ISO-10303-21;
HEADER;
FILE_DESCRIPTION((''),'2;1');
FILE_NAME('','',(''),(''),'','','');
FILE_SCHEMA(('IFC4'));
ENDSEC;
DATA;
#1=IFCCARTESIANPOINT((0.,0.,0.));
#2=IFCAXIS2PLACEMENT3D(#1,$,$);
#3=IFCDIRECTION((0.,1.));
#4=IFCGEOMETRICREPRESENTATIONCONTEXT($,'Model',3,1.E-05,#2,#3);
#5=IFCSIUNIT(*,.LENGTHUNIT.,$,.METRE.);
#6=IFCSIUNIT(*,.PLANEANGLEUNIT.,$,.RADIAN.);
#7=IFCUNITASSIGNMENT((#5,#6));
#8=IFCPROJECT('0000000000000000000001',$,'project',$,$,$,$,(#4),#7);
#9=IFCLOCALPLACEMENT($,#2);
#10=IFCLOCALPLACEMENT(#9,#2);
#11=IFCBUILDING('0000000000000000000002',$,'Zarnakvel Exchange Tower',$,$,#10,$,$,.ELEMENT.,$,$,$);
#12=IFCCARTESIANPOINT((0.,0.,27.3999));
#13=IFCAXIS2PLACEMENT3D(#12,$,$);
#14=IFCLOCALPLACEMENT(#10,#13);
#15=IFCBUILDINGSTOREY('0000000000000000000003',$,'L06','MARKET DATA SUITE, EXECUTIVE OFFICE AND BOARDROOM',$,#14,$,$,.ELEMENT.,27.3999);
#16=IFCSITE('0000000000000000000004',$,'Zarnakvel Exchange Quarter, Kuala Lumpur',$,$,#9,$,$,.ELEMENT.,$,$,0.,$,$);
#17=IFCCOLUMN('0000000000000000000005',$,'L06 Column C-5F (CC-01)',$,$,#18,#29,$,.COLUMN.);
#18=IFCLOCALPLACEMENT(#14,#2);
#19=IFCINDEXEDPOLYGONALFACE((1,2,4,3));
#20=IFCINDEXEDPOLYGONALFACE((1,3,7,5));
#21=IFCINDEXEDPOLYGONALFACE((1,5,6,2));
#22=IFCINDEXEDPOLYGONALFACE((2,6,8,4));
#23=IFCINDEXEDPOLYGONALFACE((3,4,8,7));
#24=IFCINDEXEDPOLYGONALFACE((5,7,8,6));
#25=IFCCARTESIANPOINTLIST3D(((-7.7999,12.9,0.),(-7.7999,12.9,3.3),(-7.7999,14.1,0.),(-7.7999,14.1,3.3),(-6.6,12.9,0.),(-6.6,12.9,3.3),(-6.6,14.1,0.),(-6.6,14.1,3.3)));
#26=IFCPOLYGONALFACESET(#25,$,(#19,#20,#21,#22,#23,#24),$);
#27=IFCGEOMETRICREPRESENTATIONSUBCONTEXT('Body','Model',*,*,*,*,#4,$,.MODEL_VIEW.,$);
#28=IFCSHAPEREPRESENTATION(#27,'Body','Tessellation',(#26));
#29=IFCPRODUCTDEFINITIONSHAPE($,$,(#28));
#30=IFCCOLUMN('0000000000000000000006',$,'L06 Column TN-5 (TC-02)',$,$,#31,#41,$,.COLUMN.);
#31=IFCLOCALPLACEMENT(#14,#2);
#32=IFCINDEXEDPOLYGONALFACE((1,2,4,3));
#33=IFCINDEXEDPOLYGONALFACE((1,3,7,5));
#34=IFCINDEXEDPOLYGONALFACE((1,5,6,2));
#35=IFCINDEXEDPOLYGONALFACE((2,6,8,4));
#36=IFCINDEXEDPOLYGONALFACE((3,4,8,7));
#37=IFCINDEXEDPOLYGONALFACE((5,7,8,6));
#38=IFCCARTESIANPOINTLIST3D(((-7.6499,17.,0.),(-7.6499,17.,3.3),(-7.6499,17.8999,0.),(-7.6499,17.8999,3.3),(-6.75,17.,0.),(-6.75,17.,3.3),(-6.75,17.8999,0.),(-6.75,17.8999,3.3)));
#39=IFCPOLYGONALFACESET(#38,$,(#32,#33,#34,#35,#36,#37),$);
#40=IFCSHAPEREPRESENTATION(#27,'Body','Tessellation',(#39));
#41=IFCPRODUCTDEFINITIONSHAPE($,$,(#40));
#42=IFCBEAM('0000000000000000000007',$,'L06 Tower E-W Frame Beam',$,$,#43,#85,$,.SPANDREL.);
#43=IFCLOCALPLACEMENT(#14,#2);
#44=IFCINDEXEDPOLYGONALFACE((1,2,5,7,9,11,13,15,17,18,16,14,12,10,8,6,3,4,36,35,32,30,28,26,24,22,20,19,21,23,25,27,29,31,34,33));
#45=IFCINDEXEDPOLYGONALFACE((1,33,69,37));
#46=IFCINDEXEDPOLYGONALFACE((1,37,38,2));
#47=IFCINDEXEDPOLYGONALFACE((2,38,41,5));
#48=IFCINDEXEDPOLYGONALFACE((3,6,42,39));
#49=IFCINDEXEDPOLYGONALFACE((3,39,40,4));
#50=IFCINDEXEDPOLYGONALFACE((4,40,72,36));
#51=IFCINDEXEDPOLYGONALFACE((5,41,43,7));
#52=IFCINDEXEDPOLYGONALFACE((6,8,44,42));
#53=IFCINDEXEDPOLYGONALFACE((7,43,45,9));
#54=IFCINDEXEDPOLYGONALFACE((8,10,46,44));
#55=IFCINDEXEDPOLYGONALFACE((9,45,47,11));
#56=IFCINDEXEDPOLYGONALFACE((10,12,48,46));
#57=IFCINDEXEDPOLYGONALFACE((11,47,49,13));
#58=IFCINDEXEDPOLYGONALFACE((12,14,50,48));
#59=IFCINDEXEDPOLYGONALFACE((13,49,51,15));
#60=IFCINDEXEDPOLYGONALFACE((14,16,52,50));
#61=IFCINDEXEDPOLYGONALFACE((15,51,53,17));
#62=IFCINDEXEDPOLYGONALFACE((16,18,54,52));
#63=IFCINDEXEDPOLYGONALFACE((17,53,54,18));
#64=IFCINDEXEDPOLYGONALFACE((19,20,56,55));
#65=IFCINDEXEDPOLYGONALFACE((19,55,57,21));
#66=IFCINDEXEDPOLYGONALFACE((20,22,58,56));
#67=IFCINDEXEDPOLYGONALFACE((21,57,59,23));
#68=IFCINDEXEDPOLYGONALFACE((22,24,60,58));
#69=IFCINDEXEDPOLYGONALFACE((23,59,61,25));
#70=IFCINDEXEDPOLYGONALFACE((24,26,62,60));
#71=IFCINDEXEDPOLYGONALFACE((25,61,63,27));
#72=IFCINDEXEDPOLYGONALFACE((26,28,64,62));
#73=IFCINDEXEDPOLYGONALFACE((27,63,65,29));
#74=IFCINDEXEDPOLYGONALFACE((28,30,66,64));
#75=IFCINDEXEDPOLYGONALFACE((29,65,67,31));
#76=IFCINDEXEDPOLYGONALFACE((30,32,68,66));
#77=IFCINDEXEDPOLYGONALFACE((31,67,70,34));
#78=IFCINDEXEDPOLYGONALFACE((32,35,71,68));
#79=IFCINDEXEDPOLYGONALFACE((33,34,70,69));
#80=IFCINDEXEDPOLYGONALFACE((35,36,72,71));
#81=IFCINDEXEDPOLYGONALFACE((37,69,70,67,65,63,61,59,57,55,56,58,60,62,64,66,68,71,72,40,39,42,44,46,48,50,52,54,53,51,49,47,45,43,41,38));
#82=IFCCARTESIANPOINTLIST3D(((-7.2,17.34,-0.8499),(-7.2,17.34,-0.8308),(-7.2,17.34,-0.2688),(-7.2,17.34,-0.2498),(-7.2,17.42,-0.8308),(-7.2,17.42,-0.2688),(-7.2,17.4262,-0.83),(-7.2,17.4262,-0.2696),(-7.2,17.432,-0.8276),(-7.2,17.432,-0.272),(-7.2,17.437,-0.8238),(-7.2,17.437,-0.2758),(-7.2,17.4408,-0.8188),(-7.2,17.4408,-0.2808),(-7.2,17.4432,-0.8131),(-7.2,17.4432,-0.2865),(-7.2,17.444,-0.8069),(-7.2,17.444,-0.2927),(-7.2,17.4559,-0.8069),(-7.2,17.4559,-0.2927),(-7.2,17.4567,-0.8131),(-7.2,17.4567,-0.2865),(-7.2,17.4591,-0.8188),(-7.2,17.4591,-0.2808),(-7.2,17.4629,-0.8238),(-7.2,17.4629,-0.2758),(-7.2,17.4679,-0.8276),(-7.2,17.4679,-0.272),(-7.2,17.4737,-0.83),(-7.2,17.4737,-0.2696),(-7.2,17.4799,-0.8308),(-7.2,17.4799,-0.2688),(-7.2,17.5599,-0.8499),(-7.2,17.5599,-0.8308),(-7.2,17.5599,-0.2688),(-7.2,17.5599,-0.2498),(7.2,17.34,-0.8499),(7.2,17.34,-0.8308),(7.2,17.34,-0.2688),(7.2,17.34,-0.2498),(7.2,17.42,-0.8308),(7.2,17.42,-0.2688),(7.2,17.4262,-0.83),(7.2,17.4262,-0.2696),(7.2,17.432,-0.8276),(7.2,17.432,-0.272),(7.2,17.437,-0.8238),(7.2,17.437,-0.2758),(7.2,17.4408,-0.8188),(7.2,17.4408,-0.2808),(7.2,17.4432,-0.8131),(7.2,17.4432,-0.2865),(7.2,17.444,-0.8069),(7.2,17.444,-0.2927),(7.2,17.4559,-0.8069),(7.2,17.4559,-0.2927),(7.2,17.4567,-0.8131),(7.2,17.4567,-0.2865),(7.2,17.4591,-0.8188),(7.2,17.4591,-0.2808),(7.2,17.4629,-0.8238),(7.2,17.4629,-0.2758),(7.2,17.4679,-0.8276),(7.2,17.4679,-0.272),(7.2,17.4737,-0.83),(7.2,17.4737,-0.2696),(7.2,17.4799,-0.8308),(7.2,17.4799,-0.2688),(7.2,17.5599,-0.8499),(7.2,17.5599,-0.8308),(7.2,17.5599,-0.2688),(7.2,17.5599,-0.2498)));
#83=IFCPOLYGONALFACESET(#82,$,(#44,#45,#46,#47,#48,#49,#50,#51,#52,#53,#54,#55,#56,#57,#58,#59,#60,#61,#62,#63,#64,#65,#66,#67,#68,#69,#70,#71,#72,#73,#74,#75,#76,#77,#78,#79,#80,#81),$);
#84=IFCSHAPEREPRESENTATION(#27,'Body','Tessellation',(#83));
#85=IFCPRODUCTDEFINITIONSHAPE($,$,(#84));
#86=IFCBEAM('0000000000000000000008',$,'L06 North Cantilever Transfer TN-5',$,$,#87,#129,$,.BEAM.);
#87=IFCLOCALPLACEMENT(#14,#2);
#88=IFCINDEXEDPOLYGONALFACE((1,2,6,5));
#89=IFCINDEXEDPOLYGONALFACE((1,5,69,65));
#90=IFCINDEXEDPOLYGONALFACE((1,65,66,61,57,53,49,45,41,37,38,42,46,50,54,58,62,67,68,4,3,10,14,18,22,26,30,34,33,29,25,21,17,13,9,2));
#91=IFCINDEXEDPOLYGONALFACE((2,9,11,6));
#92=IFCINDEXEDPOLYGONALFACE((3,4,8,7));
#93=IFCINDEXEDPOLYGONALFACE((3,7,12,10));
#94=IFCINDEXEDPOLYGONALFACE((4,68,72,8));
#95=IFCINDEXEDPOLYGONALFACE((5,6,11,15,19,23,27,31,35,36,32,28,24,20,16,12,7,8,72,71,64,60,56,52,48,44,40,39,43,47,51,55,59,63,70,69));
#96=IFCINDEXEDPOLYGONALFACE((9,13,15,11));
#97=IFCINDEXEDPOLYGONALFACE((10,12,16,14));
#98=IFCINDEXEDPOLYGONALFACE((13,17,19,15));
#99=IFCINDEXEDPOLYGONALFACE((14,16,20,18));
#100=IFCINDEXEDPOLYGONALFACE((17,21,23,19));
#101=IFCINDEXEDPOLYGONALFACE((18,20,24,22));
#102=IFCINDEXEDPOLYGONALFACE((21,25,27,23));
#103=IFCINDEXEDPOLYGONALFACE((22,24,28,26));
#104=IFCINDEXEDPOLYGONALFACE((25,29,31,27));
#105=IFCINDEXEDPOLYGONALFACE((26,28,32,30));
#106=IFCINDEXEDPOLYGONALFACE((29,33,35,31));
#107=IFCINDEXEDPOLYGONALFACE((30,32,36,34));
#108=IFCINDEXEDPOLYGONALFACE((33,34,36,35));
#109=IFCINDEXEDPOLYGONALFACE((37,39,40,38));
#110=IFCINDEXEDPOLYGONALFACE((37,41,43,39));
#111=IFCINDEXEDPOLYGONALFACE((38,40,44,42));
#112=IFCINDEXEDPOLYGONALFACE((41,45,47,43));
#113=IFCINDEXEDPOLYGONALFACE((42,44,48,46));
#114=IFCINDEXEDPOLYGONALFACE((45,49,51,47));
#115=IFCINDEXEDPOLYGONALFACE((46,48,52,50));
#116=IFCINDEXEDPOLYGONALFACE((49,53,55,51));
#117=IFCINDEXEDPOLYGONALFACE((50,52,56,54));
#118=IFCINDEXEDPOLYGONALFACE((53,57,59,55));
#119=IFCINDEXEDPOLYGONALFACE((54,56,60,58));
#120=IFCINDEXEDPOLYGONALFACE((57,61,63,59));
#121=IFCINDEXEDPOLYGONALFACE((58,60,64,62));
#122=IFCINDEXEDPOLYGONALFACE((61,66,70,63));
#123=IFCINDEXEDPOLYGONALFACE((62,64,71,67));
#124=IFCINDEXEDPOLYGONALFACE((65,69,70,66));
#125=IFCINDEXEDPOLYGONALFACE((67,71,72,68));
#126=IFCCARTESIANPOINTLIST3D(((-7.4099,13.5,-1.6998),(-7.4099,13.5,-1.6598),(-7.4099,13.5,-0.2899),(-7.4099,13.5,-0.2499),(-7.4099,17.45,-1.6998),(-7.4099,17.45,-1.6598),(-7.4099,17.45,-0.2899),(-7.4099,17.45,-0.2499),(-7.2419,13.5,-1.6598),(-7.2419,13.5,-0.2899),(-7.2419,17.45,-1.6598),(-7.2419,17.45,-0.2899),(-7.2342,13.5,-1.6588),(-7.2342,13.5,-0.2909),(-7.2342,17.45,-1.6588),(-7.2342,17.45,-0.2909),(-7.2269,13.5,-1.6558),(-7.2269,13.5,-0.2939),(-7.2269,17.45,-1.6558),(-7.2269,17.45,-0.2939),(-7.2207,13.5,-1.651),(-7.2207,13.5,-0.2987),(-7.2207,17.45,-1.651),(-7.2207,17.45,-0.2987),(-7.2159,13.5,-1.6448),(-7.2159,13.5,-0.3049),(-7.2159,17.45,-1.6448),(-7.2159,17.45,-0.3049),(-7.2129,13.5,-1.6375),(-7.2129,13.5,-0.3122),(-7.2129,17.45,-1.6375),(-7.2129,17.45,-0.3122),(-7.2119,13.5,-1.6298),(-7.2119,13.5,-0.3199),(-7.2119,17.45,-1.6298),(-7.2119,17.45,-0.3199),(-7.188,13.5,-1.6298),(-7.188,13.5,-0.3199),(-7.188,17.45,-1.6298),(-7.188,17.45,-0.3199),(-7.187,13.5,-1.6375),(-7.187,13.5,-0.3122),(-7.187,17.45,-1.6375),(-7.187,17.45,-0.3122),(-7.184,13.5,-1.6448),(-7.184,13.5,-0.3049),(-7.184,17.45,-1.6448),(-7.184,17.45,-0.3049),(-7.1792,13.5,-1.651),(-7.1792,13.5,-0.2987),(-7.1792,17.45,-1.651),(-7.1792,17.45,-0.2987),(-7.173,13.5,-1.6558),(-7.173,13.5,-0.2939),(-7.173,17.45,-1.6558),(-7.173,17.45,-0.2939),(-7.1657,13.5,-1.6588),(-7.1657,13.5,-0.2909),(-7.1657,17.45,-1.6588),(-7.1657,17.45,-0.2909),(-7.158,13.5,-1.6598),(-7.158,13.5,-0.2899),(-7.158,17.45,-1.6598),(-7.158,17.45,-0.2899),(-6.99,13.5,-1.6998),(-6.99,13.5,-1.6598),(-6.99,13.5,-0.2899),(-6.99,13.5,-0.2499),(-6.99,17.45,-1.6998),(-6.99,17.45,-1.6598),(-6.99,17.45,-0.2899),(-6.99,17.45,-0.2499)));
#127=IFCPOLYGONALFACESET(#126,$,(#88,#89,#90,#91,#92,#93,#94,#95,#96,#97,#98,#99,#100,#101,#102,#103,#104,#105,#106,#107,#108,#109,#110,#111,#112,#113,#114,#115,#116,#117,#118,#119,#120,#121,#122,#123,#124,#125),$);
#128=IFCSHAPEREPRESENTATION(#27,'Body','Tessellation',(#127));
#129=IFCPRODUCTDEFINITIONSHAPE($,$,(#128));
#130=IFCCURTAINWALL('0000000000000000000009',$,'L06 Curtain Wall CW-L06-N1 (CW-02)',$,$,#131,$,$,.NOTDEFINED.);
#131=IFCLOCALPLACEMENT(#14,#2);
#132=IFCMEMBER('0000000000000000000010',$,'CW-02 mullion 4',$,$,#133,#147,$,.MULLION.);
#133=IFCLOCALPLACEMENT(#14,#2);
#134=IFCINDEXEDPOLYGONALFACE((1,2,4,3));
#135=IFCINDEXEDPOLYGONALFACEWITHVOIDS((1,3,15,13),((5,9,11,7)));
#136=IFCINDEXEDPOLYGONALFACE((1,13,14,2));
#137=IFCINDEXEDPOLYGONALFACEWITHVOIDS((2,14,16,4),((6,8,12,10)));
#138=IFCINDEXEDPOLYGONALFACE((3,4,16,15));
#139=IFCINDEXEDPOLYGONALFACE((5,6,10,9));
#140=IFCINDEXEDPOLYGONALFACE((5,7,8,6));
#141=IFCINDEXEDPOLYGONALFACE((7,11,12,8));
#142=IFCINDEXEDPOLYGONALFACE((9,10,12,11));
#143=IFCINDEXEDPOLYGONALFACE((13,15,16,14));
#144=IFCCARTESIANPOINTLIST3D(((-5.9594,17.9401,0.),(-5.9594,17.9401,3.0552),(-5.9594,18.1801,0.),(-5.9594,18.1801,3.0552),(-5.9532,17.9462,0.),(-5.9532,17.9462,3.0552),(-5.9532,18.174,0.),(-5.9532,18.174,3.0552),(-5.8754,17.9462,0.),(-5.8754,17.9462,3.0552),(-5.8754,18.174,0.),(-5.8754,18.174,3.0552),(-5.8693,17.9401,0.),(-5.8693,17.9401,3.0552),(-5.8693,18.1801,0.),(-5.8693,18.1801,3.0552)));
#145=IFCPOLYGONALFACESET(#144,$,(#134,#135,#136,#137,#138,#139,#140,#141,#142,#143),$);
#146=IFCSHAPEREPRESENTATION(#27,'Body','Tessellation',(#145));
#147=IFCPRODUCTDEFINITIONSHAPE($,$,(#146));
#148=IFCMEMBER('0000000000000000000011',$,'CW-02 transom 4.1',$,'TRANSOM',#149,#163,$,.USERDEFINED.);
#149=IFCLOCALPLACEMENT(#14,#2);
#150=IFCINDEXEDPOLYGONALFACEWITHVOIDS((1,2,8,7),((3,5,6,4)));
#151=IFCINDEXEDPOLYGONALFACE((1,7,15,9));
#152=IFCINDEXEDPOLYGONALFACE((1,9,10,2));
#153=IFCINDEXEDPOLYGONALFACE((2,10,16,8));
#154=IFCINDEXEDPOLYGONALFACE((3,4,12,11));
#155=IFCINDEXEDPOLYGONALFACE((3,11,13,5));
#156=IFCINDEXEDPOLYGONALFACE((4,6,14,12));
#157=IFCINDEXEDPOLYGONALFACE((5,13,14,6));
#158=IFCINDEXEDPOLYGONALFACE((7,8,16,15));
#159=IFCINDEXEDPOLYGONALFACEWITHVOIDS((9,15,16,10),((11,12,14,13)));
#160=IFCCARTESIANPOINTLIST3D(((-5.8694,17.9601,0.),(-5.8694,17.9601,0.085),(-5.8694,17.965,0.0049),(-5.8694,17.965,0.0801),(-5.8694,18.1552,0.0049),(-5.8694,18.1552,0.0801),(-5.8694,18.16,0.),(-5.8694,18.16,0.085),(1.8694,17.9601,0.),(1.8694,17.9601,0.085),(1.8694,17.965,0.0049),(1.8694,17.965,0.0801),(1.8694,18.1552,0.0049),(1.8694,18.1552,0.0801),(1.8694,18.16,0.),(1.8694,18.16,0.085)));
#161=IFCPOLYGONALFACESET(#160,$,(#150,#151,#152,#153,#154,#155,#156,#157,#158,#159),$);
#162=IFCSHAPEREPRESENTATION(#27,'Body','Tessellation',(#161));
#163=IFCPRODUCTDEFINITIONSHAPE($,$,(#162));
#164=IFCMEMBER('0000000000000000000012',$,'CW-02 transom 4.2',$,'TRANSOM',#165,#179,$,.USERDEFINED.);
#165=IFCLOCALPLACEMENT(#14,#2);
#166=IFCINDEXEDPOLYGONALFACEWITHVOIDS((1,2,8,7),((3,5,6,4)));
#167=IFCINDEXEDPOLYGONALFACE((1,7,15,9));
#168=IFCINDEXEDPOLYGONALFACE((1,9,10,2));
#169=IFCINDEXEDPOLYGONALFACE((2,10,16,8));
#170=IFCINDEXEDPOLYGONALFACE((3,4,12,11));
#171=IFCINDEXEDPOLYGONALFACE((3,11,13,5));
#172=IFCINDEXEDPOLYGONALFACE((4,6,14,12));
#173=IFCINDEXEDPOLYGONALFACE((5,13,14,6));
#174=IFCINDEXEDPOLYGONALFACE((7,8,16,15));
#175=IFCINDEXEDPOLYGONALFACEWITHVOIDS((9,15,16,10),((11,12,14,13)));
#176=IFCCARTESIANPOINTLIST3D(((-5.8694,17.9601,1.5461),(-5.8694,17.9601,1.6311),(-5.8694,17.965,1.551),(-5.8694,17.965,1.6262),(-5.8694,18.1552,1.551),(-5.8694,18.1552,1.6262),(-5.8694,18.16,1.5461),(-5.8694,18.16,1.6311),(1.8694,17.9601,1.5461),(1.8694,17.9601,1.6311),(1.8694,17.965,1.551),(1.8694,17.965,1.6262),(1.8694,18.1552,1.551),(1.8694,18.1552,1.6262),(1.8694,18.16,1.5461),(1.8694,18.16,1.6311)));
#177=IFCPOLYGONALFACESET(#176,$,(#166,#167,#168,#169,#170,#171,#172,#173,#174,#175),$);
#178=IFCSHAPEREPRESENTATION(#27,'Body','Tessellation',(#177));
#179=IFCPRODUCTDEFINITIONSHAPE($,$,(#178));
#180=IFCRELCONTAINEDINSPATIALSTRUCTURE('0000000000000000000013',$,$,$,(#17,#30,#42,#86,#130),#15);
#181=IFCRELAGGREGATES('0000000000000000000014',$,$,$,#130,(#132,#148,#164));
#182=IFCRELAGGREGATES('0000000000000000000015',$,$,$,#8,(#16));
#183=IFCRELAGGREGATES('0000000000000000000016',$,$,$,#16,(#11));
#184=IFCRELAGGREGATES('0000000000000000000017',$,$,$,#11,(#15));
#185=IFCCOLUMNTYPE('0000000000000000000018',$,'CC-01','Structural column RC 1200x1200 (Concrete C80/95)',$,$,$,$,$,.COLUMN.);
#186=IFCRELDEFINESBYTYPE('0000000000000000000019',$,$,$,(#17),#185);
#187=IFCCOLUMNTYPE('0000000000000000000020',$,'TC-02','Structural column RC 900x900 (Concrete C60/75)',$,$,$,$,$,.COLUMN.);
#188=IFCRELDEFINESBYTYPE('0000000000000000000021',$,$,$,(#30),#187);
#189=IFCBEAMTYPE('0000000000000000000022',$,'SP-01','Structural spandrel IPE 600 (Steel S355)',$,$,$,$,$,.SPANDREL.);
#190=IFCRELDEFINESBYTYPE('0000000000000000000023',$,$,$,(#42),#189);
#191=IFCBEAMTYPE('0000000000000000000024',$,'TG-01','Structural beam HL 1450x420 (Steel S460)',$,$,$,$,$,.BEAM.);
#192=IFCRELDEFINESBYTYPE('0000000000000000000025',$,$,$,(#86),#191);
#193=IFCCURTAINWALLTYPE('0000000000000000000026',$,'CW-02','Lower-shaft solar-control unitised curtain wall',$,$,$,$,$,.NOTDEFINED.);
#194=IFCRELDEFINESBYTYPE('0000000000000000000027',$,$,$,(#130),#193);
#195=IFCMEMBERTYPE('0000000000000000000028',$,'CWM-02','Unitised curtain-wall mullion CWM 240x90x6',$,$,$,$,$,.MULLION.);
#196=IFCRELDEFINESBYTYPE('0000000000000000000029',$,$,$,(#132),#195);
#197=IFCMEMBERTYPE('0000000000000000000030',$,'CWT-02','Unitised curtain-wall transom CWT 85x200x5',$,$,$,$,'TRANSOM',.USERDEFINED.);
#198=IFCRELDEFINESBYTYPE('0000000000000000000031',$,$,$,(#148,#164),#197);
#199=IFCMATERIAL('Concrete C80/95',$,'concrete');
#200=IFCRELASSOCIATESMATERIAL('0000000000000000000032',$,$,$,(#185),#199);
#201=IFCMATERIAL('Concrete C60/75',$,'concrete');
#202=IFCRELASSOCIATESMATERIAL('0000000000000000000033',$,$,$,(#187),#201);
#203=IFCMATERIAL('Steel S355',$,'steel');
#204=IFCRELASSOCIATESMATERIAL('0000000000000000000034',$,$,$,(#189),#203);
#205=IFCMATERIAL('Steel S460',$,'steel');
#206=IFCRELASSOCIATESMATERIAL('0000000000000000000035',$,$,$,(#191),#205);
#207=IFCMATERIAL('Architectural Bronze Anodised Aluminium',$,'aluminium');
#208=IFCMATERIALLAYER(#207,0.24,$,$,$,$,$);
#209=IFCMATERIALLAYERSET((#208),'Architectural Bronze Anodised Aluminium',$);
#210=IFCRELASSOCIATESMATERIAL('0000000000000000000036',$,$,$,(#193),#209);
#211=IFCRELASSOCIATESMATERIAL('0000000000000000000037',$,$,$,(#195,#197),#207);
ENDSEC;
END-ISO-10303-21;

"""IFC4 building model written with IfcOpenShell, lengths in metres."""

from ifc_helpers import new_model, si_unit, direction, frame, origin, origin_2d, place, context, subcontext, project, spatial, rectangle, hollow_rectangle, i_section, extrude, source, transform, mapped, material, layer, layer_set, material_profile, profile_set, type_object, element, aggregate, save


model = new_model("IFC4")

# Units and contexts
model_context = context("Model", 3, precision=1e-05, world=origin(), true_north=direction((0.0, 1.0)))
body_context = subcontext(model_context, "Body", "Model", "MODEL_VIEW")
ifc_project = project(units=[si_unit("LENGTHUNIT", "METRE"), si_unit("PLANEANGLEUNIT", "RADIAN")], contexts=[model_context])

# Site, building, storey
site_placement = place(None, origin())
site = spatial("IfcSite", under=ifc_project, at=site_placement, Name="Zarnakvel Exchange Quarter, Kuala Lumpur", CompositionType="ELEMENT", RefElevation=0.0)
building_placement = place(site_placement, origin())
building = spatial("IfcBuilding", under=site, at=building_placement, Name="Zarnakvel Exchange Tower", CompositionType="ELEMENT")
storey_placement = place(building_placement, frame((0.0, 0.0, 27.3999)))
storey = spatial("IfcBuildingStorey", under=building, at=storey_placement, Name="L06", Description="MARKET DATA SUITE, EXECUTIVE OFFICE AND BOARDROOM", CompositionType="ELEMENT", Elevation=27.3999)

# Columns
ifc_material_1 = material(Name="Concrete C80/95", Category="concrete")
ifc_material_profile_1 = material_profile(ifc_material_1, rectangle(XDim=1.2, YDim=1.2, at=origin_2d()))
ifc_profile_set_1 = profile_set([ifc_material_profile_1], Name="Concrete C80/95")
column_type_1 = type_object("IfcColumnType", Name="CC-01", Description="Structural column RC 1200x1200 (Concrete C80/95)", PredefinedType="COLUMN", material=ifc_profile_set_1)
column_1_placement = place(storey_placement, frame((-7.2, 13.5, 0.0), z_axis=(0.0, 0.0, 1.0), x_axis=(1.0, 0.0, 0.0)))
element("IfcColumn", 1, at=column_1_placement, inside=storey, type_object=column_type_1, Name="L06 Column C-5F (CC-01)", PredefinedType="COLUMN", context=body_context, shape_type="SweptSolid", body=[
    extrude(rectangle(XDim=1.2, YDim=1.2, at=origin_2d()), origin(), (0.0, 0.0, 1.0), 3.3),
])
ifc_material_2 = material(Name="Concrete C60/75", Category="concrete")
ifc_material_profile_2 = material_profile(ifc_material_2, rectangle(XDim=0.8999, YDim=0.8999, at=origin_2d()))
ifc_profile_set_2 = profile_set([ifc_material_profile_2], Name="Concrete C60/75")
column_type_2 = type_object("IfcColumnType", Name="TC-02", Description="Structural column RC 900x900 (Concrete C60/75)", PredefinedType="COLUMN", material=ifc_profile_set_2)
column_2_placement = place(storey_placement, frame((-7.2, 17.45, 0.0), z_axis=(0.0, 0.0, 1.0), x_axis=(1.0, 0.0, 0.0)))
element("IfcColumn", 2, at=column_2_placement, inside=storey, type_object=column_type_2, Name="L06 Column TN-5 (TC-02)", PredefinedType="COLUMN", context=body_context, shape_type="SweptSolid", body=[
    extrude(rectangle(XDim=0.8999, YDim=0.8999, at=origin_2d()), origin(), (0.0, 0.0, 1.0), 3.3),
])

# Beams
ifc_material_3 = material(Name="Steel S355", Category="steel")
ifc_material_profile_3 = material_profile(ifc_material_3, i_section(OverallWidth=0.22, OverallDepth=0.6001, WebThickness=0.012, FlangeThickness=0.019, FilletRadius=0.0239, at=origin_2d()))
ifc_profile_set_3 = profile_set([ifc_material_profile_3], Name="Steel S355")
beam_type_1 = type_object("IfcBeamType", Name="SP-01", Description="Structural spandrel IPE 600 (Steel S355)", PredefinedType="SPANDREL", material=ifc_profile_set_3)
beam_1_placement = place(storey_placement, frame((-7.2, 17.45, -0.5498), z_axis=(1.0, 0.0, 0.0), x_axis=(0.0, 1.0, 0.0)))
element("IfcBeam", 3, at=beam_1_placement, inside=storey, type_object=beam_type_1, Name="L06 Tower E-W Frame Beam", PredefinedType="SPANDREL", context=body_context, shape_type="SweptSolid", body=[
    extrude(i_section(OverallWidth=0.22, OverallDepth=0.6001, WebThickness=0.012, FlangeThickness=0.019, FilletRadius=0.0239, at=origin_2d()), origin(), (0.0, 0.0, 1.0), 14.3999),
])
ifc_material_4 = material(Name="Steel S460", Category="steel")
ifc_material_profile_4 = material_profile(ifc_material_4, i_section(OverallWidth=0.4199, OverallDepth=1.45, WebThickness=0.0239, FlangeThickness=0.04, FilletRadius=0.03, at=origin_2d()))
ifc_profile_set_4 = profile_set([ifc_material_profile_4], Name="Steel S460")
beam_type_2 = type_object("IfcBeamType", Name="TG-01", Description="Structural beam HL 1450x420 (Steel S460)", PredefinedType="BEAM", material=ifc_profile_set_4)
beam_2_placement = place(storey_placement, frame((-7.2, 13.5, -0.9749), z_axis=(0.0, 1.0, 0.0), x_axis=(-1.0, 0.0, 0.0)))
element("IfcBeam", 4, at=beam_2_placement, inside=storey, type_object=beam_type_2, Name="L06 North Cantilever Transfer TN-5", PredefinedType="BEAM", context=body_context, shape_type="SweptSolid", body=[
    extrude(i_section(OverallWidth=0.4199, OverallDepth=1.45, WebThickness=0.0239, FlangeThickness=0.04, FilletRadius=0.03, at=origin_2d()), origin(), (0.0, 0.0, 1.0), 3.95),
])

# Curtain wall, members
ifc_material_5 = material(Name="Architectural Bronze Anodised Aluminium", Category="aluminium")
ifc_layer_1 = layer(ifc_material_5, 0.24)
ifc_layer_set_1 = layer_set([ifc_layer_1], Name="Architectural Bronze Anodised Aluminium")
curtain_wall_type = type_object("IfcCurtainWallType", Name="CW-02", Description="Lower-shaft solar-control unitised curtain wall", PredefinedType="NOTDEFINED", material=ifc_layer_set_1)
curtain_wall_placement = place(storey_placement, origin())
curtain_wall = element("IfcCurtainWall", 5, at=curtain_wall_placement, inside=storey, type_object=curtain_wall_type, Name="L06 Curtain Wall CW-L06-N1 (CW-02)", PredefinedType="NOTDEFINED")
ifc_material_profile_5 = material_profile(ifc_material_5, hollow_rectangle(XDim=0.24, YDim=0.0901, WallThickness=0.0061, at=origin_2d()))
ifc_profile_set_5 = profile_set([ifc_material_profile_5], Name="Architectural Bronze Anodised Aluminium")
member_type_1 = type_object("IfcMemberType", Name="CWM-02", Description="Unitised curtain-wall mullion CWM 240x90x6", PredefinedType="MULLION", material=ifc_profile_set_5)
shared_shape_1 = source(origin(), body_context, "Body", "SweptSolid", [
    extrude(hollow_rectangle(XDim=0.24, YDim=0.0901, WallThickness=0.0061, at=origin_2d()), origin(), (0.0, 0.0, 1.0), 3.0552),
])
member_1_placement = place(storey_placement, frame((-5.9143, 18.0601, 0.0), z_axis=(0.0, 0.0, 1.0), x_axis=(0.0, 1.0, 0.0)))
member_1 = element("IfcMember", 6, at=member_1_placement, type_object=member_type_1, Name="CW-02 mullion 4", PredefinedType="MULLION", context=body_context, shape_type="MappedRepresentation", body=[
    mapped(shared_shape_1, transform((0.0, 0.0, 0.0), x_axis=(1.0, 0.0, 0.0), y_axis=(0.0, 1.0, 0.0), z_axis=(0.0, 0.0, 1.0), scale=1.0)),
])
ifc_material_profile_6 = material_profile(ifc_material_5, hollow_rectangle(XDim=0.2, YDim=0.085, WallThickness=0.0049, at=origin_2d()))
ifc_profile_set_6 = profile_set([ifc_material_profile_6], Name="Architectural Bronze Anodised Aluminium")
member_type_2 = type_object("IfcMemberType", Name="CWT-02", Description="Unitised curtain-wall transom CWT 85x200x5", ElementType="TRANSOM", PredefinedType="USERDEFINED", material=ifc_profile_set_6)
shared_shape_2 = source(origin(), body_context, "Body", "SweptSolid", [
    extrude(hollow_rectangle(XDim=0.2, YDim=0.085, WallThickness=0.0049, at=origin_2d()), origin(), (0.0, 0.0, 1.0), 7.7388),
])
member_2_placement = place(storey_placement, frame((-5.8694, 18.0601, 0.0425), z_axis=(1.0, 0.0, 0.0), x_axis=(0.0, 1.0, 0.0)))
member_2 = element("IfcMember", 7, at=member_2_placement, type_object=member_type_2, Name="CW-02 transom 4.1", ObjectType="TRANSOM", PredefinedType="USERDEFINED", context=body_context, shape_type="MappedRepresentation", body=[
    mapped(shared_shape_2, transform((0.0, 0.0, 0.0), x_axis=(1.0, 0.0, 0.0), y_axis=(0.0, 1.0, 0.0), z_axis=(0.0, 0.0, 1.0), scale=1.0)),
])
member_3_placement = place(storey_placement, frame((-5.8694, 18.0601, 1.5886), z_axis=(1.0, 0.0, 0.0), x_axis=(0.0, 1.0, 0.0)))
member_3 = element("IfcMember", 8, at=member_3_placement, type_object=member_type_2, Name="CW-02 transom 4.2", ObjectType="TRANSOM", PredefinedType="USERDEFINED", context=body_context, shape_type="MappedRepresentation", body=[
    mapped(shared_shape_2, transform((0.0, 0.0, 0.0), x_axis=(1.0, 0.0, 0.0), y_axis=(0.0, 1.0, 0.0), z_axis=(0.0, 0.0, 1.0), scale=1.0)),
])
aggregate(curtain_wall, [member_1, member_2, member_3])

save(model, "model.ifc")
